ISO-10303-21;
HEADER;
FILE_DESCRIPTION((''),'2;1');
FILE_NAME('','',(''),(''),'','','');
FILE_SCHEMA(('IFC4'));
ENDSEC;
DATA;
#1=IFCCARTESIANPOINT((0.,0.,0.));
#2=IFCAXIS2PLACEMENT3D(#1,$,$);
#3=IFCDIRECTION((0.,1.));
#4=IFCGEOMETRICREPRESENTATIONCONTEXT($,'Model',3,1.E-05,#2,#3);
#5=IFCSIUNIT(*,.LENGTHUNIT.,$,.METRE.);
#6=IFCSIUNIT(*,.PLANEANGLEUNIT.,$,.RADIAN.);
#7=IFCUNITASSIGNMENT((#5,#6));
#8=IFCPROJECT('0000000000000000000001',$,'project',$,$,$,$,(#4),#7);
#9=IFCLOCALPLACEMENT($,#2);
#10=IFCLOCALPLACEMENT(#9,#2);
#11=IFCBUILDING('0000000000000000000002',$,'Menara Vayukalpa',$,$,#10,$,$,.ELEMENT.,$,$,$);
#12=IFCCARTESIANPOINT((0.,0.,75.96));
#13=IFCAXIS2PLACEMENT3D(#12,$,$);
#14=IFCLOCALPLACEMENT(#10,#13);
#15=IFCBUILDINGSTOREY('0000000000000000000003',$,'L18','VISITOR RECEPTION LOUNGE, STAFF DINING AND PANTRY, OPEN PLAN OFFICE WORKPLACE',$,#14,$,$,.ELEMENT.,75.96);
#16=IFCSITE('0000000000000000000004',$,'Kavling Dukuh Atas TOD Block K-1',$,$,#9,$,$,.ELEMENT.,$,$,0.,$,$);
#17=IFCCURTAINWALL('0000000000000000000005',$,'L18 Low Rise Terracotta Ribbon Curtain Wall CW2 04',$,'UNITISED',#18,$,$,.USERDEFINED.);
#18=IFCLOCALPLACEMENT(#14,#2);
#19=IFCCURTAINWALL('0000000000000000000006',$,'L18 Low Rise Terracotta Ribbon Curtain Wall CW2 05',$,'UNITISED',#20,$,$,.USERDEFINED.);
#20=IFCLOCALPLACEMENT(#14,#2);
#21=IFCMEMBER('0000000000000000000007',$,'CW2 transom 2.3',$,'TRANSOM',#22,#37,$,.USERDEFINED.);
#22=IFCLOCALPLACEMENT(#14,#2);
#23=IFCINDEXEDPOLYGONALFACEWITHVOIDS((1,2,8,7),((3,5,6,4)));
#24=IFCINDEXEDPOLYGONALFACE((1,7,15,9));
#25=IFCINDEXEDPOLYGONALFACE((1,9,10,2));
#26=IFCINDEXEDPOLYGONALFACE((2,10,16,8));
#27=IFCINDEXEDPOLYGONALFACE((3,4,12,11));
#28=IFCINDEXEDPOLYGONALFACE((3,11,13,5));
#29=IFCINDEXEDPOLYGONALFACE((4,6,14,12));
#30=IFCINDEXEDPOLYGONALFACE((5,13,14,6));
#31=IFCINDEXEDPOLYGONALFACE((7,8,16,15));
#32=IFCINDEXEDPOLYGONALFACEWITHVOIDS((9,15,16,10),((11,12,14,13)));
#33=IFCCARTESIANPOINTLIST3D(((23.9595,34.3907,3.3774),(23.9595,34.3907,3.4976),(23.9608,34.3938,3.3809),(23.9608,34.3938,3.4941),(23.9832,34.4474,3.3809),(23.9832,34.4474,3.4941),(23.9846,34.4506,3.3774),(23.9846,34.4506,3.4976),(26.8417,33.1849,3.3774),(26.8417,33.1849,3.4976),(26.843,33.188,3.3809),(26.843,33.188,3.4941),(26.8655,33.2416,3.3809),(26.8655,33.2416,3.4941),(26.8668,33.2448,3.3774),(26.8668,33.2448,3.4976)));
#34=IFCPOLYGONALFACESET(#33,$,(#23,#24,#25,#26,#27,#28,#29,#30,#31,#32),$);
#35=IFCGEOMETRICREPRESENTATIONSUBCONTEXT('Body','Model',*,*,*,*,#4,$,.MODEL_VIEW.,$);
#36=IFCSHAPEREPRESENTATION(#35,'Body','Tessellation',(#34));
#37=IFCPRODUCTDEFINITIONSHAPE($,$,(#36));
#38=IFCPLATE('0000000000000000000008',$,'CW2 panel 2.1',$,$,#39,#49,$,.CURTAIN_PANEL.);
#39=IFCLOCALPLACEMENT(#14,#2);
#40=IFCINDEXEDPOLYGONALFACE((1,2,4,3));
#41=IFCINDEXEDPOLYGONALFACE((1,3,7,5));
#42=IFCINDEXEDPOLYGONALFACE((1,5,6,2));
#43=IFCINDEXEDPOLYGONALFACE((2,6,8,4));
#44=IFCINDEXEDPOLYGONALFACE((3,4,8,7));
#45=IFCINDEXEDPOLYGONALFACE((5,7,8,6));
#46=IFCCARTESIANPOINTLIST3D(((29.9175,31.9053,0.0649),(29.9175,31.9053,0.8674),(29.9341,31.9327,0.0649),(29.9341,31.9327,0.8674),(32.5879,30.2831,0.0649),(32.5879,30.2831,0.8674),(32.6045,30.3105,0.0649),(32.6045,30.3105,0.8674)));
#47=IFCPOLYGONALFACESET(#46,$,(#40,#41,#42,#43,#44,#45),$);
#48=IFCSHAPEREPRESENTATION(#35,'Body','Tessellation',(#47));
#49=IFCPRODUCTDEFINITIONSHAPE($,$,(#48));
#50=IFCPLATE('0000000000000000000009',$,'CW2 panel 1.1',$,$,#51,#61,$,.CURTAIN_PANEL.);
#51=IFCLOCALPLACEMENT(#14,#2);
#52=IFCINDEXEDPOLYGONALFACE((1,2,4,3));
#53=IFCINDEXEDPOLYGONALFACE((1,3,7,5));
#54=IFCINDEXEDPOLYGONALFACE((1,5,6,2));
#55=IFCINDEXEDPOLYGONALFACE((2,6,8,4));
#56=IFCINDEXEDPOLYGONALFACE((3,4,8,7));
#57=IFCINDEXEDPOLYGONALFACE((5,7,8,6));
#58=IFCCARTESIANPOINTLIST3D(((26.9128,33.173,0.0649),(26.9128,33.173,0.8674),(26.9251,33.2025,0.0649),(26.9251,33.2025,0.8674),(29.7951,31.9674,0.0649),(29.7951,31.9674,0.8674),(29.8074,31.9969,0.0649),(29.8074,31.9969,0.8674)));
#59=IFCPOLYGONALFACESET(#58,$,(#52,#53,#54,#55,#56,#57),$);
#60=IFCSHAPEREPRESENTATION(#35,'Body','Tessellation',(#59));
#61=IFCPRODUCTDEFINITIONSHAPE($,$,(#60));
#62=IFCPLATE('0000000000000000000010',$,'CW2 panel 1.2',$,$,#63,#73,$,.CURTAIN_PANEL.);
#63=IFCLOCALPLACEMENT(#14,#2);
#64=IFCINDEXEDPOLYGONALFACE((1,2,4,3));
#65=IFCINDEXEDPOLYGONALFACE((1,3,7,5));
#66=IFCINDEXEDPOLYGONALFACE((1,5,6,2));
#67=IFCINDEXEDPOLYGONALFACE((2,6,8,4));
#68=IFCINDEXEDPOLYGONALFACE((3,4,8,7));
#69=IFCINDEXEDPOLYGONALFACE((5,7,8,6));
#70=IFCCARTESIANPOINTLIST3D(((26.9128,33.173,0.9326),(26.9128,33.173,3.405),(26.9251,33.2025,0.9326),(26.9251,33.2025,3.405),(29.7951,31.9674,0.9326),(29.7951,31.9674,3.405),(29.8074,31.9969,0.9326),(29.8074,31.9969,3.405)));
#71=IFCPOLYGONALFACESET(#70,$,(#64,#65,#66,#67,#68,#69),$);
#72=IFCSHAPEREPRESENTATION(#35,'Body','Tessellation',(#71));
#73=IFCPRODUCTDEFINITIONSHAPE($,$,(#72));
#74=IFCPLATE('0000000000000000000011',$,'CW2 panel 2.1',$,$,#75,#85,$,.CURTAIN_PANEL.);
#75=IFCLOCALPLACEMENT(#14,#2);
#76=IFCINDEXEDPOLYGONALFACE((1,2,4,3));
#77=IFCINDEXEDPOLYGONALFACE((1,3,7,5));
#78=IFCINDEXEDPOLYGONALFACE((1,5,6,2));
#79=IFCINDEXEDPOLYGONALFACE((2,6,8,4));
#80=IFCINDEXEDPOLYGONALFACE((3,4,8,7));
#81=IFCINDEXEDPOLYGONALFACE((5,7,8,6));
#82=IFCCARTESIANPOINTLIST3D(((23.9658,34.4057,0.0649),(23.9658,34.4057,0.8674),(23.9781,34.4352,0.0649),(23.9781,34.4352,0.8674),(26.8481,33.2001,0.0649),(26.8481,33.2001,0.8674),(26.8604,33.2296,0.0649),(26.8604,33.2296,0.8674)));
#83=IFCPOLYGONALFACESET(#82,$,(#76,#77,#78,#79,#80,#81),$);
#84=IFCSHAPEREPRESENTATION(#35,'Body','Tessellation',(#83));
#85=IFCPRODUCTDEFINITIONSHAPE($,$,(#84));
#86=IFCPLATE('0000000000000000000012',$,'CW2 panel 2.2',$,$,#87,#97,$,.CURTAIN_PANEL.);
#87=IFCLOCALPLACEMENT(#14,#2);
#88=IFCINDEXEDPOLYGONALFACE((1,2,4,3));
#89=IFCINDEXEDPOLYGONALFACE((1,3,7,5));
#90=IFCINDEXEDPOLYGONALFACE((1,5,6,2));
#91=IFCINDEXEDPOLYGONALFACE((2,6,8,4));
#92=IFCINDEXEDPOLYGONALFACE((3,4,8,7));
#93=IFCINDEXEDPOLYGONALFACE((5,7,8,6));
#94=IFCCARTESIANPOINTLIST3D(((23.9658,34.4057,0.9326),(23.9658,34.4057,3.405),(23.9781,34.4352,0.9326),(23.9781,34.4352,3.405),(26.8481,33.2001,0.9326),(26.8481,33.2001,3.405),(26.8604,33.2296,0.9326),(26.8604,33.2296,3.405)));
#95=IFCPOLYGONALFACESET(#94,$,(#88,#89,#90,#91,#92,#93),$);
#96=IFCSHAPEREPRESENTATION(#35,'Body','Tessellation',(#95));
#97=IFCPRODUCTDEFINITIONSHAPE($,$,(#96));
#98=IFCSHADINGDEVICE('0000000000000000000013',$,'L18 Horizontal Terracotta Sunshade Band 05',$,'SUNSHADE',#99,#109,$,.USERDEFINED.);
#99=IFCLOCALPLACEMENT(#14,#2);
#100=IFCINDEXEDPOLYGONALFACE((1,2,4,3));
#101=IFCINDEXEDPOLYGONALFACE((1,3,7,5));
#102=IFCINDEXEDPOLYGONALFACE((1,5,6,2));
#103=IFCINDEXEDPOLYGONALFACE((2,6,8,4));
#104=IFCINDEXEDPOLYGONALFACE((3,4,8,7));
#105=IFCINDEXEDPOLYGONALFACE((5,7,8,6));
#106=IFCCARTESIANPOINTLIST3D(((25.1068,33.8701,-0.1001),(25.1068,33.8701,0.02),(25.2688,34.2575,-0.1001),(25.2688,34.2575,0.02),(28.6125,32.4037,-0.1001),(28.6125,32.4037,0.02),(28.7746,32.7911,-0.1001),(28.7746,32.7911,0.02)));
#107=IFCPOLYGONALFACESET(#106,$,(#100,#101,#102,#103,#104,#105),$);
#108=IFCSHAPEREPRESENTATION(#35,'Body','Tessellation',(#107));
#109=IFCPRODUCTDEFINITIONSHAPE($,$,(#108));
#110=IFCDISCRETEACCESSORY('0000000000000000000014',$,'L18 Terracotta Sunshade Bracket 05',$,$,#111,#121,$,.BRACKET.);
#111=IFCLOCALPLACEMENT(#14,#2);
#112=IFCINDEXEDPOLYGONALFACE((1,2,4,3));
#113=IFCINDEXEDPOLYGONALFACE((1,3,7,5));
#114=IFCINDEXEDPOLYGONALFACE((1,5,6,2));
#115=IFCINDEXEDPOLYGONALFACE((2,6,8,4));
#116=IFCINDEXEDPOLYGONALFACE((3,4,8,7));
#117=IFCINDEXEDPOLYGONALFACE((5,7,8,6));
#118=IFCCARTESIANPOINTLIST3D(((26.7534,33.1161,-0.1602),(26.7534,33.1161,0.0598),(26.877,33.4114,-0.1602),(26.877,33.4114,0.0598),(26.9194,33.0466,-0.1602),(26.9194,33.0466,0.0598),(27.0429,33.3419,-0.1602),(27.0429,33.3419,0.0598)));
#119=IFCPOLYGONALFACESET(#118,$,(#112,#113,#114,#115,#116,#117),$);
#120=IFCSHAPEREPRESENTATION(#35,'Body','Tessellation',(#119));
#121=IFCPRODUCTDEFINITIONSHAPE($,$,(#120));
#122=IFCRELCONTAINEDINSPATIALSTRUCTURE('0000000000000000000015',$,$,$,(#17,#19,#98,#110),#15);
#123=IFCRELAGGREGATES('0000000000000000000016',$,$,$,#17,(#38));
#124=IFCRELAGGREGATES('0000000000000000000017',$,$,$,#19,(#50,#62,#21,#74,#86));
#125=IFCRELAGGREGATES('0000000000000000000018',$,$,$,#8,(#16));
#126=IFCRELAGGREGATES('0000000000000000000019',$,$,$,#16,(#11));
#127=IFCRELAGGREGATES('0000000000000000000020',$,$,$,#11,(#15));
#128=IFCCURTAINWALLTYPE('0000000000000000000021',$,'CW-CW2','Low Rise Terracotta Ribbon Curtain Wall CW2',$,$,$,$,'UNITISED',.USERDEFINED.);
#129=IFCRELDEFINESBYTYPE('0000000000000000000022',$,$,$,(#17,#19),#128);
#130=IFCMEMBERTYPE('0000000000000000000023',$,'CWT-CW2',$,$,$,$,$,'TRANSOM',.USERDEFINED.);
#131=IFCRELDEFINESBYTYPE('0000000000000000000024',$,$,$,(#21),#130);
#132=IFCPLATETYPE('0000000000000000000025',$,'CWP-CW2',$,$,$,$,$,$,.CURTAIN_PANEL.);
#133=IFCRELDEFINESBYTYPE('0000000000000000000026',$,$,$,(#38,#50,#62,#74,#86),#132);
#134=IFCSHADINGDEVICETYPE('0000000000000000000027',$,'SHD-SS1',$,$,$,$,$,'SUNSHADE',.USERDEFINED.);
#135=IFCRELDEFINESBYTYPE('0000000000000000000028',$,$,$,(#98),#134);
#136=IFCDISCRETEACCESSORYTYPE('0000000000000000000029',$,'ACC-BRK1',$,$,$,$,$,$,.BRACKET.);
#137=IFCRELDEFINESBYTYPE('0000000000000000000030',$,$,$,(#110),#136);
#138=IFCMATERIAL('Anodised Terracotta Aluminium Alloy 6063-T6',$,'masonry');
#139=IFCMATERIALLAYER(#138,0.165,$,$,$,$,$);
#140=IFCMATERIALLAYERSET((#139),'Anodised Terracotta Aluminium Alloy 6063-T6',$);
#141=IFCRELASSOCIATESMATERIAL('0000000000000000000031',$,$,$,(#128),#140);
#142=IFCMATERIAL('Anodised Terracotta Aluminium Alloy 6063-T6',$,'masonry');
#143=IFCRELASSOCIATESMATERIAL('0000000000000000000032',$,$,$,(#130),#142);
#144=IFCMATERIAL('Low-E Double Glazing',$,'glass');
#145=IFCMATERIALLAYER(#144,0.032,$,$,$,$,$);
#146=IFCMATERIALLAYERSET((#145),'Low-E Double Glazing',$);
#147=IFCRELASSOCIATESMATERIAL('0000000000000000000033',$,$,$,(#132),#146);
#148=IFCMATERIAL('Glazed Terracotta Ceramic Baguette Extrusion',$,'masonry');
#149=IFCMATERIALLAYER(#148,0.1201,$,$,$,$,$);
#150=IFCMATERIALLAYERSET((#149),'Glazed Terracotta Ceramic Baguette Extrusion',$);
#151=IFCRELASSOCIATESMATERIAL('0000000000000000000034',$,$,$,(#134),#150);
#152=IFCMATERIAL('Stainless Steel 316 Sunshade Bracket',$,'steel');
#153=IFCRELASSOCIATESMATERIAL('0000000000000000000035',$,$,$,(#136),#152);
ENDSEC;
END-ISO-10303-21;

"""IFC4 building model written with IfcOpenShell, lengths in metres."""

from ifc_helpers import new_model, si_unit, direction, frame, origin, origin_2d, place, context, subcontext, project, spatial, rectangle, hollow_rectangle, extrude, material, layer, layer_set, material_profile, profile_set, type_object, element, aggregate, save


model = new_model("IFC4")

# Units and contexts
model_context = context("Model", 3, precision=1e-05, world=origin(), true_north=direction((0.0, 1.0)))
body_context = subcontext(model_context, "Body", "Model", "MODEL_VIEW")
ifc_project = project(units=[si_unit("LENGTHUNIT", "METRE"), si_unit("PLANEANGLEUNIT", "RADIAN")], contexts=[model_context])

# Site, building, storey
site_placement = place(None, origin())
site = spatial("IfcSite", under=ifc_project, at=site_placement, Name="Kavling Dukuh Atas TOD Block K-1", CompositionType="ELEMENT", RefElevation=0.0)
building_placement = place(site_placement, origin())
building = spatial("IfcBuilding", under=site, at=building_placement, Name="Menara Vayukalpa", CompositionType="ELEMENT")
storey_placement = place(building_placement, frame((0.0, 0.0, 75.96)))
storey = spatial("IfcBuildingStorey", under=building, at=storey_placement, Name="L18", Description="VISITOR RECEPTION LOUNGE, STAFF DINING AND PANTRY, OPEN PLAN OFFICE WORKPLACE", CompositionType="ELEMENT", Elevation=75.96)

# Curtain wall
ifc_material_1 = material(Name="Anodised Terracotta Aluminium Alloy 6063-T6", Category="masonry")
ifc_layer_1 = layer(ifc_material_1, 0.165)
ifc_layer_set_1 = layer_set([ifc_layer_1], Name="Anodised Terracotta Aluminium Alloy 6063-T6")
curtain_wall_type = type_object("IfcCurtainWallType", Name="CW-CW2", Description="Low Rise Terracotta Ribbon Curtain Wall CW2", ElementType="UNITISED", PredefinedType="USERDEFINED", material=ifc_layer_set_1)
curtain_wall_1_placement = place(storey_placement, origin())
curtain_wall_1 = element("IfcCurtainWall", 1, at=curtain_wall_1_placement, inside=storey, type_object=curtain_wall_type, Name="L18 Low Rise Terracotta Ribbon Curtain Wall CW2 04", ObjectType="UNITISED", PredefinedType="USERDEFINED")

# Curtain wall, member
curtain_wall_2_placement = place(storey_placement, origin())
curtain_wall_2 = element("IfcCurtainWall", 2, at=curtain_wall_2_placement, inside=storey, type_object=curtain_wall_type, Name="L18 Low Rise Terracotta Ribbon Curtain Wall CW2 05", ObjectType="UNITISED", PredefinedType="USERDEFINED")
ifc_material_2 = material(Name="Anodised Terracotta Aluminium Alloy 6063-T6", Category="masonry")
ifc_material_profile_1 = material_profile(ifc_material_2, hollow_rectangle(XDim=0.0649, YDim=0.1201, WallThickness=0.0034, at=origin_2d()), Name="ALU 65x120x3.5")
ifc_profile_set_1 = profile_set([ifc_material_profile_1], Name="Anodised Terracotta Aluminium Alloy 6063-T6")
member_type_1 = type_object("IfcMemberType", Name="CWT-CW2", ElementType="TRANSOM", PredefinedType="USERDEFINED", material=ifc_profile_set_1)
member_1_placement = place(storey_placement, frame((26.8542, 33.2148, 3.4375), z_axis=(-0.922526, 0.385936, 0.0), x_axis=(-0.385936, -0.922526, 0.0)))
member_1 = element("IfcMember", 3, at=member_1_placement, type_object=member_type_1, Name="CW2 transom 2.3", ObjectType="TRANSOM", PredefinedType="USERDEFINED", context=body_context, shape_type="SweptSolid", body=[
    extrude(hollow_rectangle(XDim=0.0649, YDim=0.1201, WallThickness=0.0034, at=origin_2d()), origin(), (0.0, 0.0, 1.0), 3.1243),
])

# Plates
ifc_material_3 = material(Name="Low-E Double Glazing", Category="glass")
ifc_layer_2 = layer(ifc_material_3, 0.032)
ifc_layer_set_2 = layer_set([ifc_layer_2], Name="Low-E Double Glazing")
plate_type = type_object("IfcPlateType", Name="CWP-CW2", PredefinedType="CURTAIN_PANEL", material=ifc_layer_set_2)
plate_1_placement = place(storey_placement, frame((31.261, 31.1079, 0.0649), z_axis=(0.0, 0.0, 1.0), x_axis=(-0.854663, 0.519183, 0.0)))
plate_1 = element("IfcPlate", 4, at=plate_1_placement, type_object=plate_type, Name="CW2 panel 2.1", PredefinedType="CURTAIN_PANEL", context=body_context, shape_type="SweptSolid", body=[
    extrude(rectangle(XDim=3.1245, YDim=0.032, at=origin_2d()), origin(), (0.0, 0.0, 1.0), 0.8025),
])
aggregate(curtain_wall_1, [plate_1])
plate_2_placement = place(storey_placement, frame((28.3601, 32.585, 0.0649), z_axis=(0.0, 0.0, 1.0), x_axis=(-0.922543, 0.385894, 0.0)))
plate_2 = element("IfcPlate", 5, at=plate_2_placement, type_object=plate_type, Name="CW2 panel 1.1", PredefinedType="CURTAIN_PANEL", context=body_context, shape_type="SweptSolid", body=[
    extrude(rectangle(XDim=3.1243, YDim=0.032, at=origin_2d()), origin(), (0.0, 0.0, 1.0), 0.8025),
])
plate_3_placement = place(storey_placement, frame((28.3601, 32.585, 0.9326), z_axis=(0.0, 0.0, 1.0), x_axis=(-0.922543, 0.385894, 0.0)))
plate_3 = element("IfcPlate", 6, at=plate_3_placement, type_object=plate_type, Name="CW2 panel 1.2", PredefinedType="CURTAIN_PANEL", context=body_context, shape_type="SweptSolid", body=[
    extrude(rectangle(XDim=3.1243, YDim=0.032, at=origin_2d()), origin(), (0.0, 0.0, 1.0), 2.4724),
])
plate_4_placement = place(storey_placement, frame((25.4131, 33.8176, 0.0649), z_axis=(0.0, 0.0, 1.0), x_axis=(-0.922543, 0.385894, 0.0)))
plate_4 = element("IfcPlate", 7, at=plate_4_placement, type_object=plate_type, Name="CW2 panel 2.1", PredefinedType="CURTAIN_PANEL", context=body_context, shape_type="SweptSolid", body=[
    extrude(rectangle(XDim=3.1243, YDim=0.032, at=origin_2d()), origin(), (0.0, 0.0, 1.0), 0.8025),
])
plate_5_placement = place(storey_placement, frame((25.4131, 33.8176, 0.9326), z_axis=(0.0, 0.0, 1.0), x_axis=(-0.922543, 0.385894, 0.0)))
plate_5 = element("IfcPlate", 8, at=plate_5_placement, type_object=plate_type, Name="CW2 panel 2.2", PredefinedType="CURTAIN_PANEL", context=body_context, shape_type="SweptSolid", body=[
    extrude(rectangle(XDim=3.1243, YDim=0.032, at=origin_2d()), origin(), (0.0, 0.0, 1.0), 2.4724),
])
aggregate(curtain_wall_2, [plate_2, plate_3, member_1, plate_4, plate_5])

# Shading device
ifc_material_4 = material(Name="Glazed Terracotta Ceramic Baguette Extrusion", Category="masonry")
ifc_layer_3 = layer(ifc_material_4, 0.1201)
ifc_layer_set_3 = layer_set([ifc_layer_3], Name="Glazed Terracotta Ceramic Baguette Extrusion")
shading_device_type = type_object("IfcShadingDeviceType", Name="SHD-SS1", ElementType="SUNSHADE", PredefinedType="USERDEFINED", material=ifc_layer_set_3)
shading_device_placement = place(storey_placement, frame((26.9407, 33.3306, -0.1001), z_axis=(0.0, 0.0, 1.0), x_axis=(-0.922545, 0.38589, 0.0)))
element("IfcShadingDevice", 9, at=shading_device_placement, inside=storey, type_object=shading_device_type, Name="L18 Horizontal Terracotta Sunshade Band 05", ObjectType="SUNSHADE", PredefinedType="USERDEFINED", context=body_context, shape_type="SweptSolid", body=[
    extrude(rectangle(XDim=3.8, YDim=0.4199, at=origin_2d()), origin(), (0.0, 0.0, 1.0), 0.1201),
])

# Discrete accessory
ifc_material_5 = material(Name="Stainless Steel 316 Sunshade Bracket", Category="steel")
discrete_accessory_type = type_object("IfcDiscreteAccessoryType", Name="ACC-BRK1", PredefinedType="BRACKET", material=ifc_material_5)
discrete_accessory_placement = place(storey_placement, frame((26.8982, 33.229, -0.1602), z_axis=(0.0, 0.0, 1.0), x_axis=(-0.922545, 0.38589, 0.0)))
element("IfcDiscreteAccessory", 10, at=discrete_accessory_placement, inside=storey, type_object=discrete_accessory_type, Name="L18 Terracotta Sunshade Bracket 05", PredefinedType="BRACKET", context=body_context, shape_type="SweptSolid", body=[
    extrude(rectangle(XDim=0.1799, YDim=0.3201, at=origin_2d()), origin(), (0.0, 0.0, 1.0), 0.22),
])

save(model, "model.ifc")
